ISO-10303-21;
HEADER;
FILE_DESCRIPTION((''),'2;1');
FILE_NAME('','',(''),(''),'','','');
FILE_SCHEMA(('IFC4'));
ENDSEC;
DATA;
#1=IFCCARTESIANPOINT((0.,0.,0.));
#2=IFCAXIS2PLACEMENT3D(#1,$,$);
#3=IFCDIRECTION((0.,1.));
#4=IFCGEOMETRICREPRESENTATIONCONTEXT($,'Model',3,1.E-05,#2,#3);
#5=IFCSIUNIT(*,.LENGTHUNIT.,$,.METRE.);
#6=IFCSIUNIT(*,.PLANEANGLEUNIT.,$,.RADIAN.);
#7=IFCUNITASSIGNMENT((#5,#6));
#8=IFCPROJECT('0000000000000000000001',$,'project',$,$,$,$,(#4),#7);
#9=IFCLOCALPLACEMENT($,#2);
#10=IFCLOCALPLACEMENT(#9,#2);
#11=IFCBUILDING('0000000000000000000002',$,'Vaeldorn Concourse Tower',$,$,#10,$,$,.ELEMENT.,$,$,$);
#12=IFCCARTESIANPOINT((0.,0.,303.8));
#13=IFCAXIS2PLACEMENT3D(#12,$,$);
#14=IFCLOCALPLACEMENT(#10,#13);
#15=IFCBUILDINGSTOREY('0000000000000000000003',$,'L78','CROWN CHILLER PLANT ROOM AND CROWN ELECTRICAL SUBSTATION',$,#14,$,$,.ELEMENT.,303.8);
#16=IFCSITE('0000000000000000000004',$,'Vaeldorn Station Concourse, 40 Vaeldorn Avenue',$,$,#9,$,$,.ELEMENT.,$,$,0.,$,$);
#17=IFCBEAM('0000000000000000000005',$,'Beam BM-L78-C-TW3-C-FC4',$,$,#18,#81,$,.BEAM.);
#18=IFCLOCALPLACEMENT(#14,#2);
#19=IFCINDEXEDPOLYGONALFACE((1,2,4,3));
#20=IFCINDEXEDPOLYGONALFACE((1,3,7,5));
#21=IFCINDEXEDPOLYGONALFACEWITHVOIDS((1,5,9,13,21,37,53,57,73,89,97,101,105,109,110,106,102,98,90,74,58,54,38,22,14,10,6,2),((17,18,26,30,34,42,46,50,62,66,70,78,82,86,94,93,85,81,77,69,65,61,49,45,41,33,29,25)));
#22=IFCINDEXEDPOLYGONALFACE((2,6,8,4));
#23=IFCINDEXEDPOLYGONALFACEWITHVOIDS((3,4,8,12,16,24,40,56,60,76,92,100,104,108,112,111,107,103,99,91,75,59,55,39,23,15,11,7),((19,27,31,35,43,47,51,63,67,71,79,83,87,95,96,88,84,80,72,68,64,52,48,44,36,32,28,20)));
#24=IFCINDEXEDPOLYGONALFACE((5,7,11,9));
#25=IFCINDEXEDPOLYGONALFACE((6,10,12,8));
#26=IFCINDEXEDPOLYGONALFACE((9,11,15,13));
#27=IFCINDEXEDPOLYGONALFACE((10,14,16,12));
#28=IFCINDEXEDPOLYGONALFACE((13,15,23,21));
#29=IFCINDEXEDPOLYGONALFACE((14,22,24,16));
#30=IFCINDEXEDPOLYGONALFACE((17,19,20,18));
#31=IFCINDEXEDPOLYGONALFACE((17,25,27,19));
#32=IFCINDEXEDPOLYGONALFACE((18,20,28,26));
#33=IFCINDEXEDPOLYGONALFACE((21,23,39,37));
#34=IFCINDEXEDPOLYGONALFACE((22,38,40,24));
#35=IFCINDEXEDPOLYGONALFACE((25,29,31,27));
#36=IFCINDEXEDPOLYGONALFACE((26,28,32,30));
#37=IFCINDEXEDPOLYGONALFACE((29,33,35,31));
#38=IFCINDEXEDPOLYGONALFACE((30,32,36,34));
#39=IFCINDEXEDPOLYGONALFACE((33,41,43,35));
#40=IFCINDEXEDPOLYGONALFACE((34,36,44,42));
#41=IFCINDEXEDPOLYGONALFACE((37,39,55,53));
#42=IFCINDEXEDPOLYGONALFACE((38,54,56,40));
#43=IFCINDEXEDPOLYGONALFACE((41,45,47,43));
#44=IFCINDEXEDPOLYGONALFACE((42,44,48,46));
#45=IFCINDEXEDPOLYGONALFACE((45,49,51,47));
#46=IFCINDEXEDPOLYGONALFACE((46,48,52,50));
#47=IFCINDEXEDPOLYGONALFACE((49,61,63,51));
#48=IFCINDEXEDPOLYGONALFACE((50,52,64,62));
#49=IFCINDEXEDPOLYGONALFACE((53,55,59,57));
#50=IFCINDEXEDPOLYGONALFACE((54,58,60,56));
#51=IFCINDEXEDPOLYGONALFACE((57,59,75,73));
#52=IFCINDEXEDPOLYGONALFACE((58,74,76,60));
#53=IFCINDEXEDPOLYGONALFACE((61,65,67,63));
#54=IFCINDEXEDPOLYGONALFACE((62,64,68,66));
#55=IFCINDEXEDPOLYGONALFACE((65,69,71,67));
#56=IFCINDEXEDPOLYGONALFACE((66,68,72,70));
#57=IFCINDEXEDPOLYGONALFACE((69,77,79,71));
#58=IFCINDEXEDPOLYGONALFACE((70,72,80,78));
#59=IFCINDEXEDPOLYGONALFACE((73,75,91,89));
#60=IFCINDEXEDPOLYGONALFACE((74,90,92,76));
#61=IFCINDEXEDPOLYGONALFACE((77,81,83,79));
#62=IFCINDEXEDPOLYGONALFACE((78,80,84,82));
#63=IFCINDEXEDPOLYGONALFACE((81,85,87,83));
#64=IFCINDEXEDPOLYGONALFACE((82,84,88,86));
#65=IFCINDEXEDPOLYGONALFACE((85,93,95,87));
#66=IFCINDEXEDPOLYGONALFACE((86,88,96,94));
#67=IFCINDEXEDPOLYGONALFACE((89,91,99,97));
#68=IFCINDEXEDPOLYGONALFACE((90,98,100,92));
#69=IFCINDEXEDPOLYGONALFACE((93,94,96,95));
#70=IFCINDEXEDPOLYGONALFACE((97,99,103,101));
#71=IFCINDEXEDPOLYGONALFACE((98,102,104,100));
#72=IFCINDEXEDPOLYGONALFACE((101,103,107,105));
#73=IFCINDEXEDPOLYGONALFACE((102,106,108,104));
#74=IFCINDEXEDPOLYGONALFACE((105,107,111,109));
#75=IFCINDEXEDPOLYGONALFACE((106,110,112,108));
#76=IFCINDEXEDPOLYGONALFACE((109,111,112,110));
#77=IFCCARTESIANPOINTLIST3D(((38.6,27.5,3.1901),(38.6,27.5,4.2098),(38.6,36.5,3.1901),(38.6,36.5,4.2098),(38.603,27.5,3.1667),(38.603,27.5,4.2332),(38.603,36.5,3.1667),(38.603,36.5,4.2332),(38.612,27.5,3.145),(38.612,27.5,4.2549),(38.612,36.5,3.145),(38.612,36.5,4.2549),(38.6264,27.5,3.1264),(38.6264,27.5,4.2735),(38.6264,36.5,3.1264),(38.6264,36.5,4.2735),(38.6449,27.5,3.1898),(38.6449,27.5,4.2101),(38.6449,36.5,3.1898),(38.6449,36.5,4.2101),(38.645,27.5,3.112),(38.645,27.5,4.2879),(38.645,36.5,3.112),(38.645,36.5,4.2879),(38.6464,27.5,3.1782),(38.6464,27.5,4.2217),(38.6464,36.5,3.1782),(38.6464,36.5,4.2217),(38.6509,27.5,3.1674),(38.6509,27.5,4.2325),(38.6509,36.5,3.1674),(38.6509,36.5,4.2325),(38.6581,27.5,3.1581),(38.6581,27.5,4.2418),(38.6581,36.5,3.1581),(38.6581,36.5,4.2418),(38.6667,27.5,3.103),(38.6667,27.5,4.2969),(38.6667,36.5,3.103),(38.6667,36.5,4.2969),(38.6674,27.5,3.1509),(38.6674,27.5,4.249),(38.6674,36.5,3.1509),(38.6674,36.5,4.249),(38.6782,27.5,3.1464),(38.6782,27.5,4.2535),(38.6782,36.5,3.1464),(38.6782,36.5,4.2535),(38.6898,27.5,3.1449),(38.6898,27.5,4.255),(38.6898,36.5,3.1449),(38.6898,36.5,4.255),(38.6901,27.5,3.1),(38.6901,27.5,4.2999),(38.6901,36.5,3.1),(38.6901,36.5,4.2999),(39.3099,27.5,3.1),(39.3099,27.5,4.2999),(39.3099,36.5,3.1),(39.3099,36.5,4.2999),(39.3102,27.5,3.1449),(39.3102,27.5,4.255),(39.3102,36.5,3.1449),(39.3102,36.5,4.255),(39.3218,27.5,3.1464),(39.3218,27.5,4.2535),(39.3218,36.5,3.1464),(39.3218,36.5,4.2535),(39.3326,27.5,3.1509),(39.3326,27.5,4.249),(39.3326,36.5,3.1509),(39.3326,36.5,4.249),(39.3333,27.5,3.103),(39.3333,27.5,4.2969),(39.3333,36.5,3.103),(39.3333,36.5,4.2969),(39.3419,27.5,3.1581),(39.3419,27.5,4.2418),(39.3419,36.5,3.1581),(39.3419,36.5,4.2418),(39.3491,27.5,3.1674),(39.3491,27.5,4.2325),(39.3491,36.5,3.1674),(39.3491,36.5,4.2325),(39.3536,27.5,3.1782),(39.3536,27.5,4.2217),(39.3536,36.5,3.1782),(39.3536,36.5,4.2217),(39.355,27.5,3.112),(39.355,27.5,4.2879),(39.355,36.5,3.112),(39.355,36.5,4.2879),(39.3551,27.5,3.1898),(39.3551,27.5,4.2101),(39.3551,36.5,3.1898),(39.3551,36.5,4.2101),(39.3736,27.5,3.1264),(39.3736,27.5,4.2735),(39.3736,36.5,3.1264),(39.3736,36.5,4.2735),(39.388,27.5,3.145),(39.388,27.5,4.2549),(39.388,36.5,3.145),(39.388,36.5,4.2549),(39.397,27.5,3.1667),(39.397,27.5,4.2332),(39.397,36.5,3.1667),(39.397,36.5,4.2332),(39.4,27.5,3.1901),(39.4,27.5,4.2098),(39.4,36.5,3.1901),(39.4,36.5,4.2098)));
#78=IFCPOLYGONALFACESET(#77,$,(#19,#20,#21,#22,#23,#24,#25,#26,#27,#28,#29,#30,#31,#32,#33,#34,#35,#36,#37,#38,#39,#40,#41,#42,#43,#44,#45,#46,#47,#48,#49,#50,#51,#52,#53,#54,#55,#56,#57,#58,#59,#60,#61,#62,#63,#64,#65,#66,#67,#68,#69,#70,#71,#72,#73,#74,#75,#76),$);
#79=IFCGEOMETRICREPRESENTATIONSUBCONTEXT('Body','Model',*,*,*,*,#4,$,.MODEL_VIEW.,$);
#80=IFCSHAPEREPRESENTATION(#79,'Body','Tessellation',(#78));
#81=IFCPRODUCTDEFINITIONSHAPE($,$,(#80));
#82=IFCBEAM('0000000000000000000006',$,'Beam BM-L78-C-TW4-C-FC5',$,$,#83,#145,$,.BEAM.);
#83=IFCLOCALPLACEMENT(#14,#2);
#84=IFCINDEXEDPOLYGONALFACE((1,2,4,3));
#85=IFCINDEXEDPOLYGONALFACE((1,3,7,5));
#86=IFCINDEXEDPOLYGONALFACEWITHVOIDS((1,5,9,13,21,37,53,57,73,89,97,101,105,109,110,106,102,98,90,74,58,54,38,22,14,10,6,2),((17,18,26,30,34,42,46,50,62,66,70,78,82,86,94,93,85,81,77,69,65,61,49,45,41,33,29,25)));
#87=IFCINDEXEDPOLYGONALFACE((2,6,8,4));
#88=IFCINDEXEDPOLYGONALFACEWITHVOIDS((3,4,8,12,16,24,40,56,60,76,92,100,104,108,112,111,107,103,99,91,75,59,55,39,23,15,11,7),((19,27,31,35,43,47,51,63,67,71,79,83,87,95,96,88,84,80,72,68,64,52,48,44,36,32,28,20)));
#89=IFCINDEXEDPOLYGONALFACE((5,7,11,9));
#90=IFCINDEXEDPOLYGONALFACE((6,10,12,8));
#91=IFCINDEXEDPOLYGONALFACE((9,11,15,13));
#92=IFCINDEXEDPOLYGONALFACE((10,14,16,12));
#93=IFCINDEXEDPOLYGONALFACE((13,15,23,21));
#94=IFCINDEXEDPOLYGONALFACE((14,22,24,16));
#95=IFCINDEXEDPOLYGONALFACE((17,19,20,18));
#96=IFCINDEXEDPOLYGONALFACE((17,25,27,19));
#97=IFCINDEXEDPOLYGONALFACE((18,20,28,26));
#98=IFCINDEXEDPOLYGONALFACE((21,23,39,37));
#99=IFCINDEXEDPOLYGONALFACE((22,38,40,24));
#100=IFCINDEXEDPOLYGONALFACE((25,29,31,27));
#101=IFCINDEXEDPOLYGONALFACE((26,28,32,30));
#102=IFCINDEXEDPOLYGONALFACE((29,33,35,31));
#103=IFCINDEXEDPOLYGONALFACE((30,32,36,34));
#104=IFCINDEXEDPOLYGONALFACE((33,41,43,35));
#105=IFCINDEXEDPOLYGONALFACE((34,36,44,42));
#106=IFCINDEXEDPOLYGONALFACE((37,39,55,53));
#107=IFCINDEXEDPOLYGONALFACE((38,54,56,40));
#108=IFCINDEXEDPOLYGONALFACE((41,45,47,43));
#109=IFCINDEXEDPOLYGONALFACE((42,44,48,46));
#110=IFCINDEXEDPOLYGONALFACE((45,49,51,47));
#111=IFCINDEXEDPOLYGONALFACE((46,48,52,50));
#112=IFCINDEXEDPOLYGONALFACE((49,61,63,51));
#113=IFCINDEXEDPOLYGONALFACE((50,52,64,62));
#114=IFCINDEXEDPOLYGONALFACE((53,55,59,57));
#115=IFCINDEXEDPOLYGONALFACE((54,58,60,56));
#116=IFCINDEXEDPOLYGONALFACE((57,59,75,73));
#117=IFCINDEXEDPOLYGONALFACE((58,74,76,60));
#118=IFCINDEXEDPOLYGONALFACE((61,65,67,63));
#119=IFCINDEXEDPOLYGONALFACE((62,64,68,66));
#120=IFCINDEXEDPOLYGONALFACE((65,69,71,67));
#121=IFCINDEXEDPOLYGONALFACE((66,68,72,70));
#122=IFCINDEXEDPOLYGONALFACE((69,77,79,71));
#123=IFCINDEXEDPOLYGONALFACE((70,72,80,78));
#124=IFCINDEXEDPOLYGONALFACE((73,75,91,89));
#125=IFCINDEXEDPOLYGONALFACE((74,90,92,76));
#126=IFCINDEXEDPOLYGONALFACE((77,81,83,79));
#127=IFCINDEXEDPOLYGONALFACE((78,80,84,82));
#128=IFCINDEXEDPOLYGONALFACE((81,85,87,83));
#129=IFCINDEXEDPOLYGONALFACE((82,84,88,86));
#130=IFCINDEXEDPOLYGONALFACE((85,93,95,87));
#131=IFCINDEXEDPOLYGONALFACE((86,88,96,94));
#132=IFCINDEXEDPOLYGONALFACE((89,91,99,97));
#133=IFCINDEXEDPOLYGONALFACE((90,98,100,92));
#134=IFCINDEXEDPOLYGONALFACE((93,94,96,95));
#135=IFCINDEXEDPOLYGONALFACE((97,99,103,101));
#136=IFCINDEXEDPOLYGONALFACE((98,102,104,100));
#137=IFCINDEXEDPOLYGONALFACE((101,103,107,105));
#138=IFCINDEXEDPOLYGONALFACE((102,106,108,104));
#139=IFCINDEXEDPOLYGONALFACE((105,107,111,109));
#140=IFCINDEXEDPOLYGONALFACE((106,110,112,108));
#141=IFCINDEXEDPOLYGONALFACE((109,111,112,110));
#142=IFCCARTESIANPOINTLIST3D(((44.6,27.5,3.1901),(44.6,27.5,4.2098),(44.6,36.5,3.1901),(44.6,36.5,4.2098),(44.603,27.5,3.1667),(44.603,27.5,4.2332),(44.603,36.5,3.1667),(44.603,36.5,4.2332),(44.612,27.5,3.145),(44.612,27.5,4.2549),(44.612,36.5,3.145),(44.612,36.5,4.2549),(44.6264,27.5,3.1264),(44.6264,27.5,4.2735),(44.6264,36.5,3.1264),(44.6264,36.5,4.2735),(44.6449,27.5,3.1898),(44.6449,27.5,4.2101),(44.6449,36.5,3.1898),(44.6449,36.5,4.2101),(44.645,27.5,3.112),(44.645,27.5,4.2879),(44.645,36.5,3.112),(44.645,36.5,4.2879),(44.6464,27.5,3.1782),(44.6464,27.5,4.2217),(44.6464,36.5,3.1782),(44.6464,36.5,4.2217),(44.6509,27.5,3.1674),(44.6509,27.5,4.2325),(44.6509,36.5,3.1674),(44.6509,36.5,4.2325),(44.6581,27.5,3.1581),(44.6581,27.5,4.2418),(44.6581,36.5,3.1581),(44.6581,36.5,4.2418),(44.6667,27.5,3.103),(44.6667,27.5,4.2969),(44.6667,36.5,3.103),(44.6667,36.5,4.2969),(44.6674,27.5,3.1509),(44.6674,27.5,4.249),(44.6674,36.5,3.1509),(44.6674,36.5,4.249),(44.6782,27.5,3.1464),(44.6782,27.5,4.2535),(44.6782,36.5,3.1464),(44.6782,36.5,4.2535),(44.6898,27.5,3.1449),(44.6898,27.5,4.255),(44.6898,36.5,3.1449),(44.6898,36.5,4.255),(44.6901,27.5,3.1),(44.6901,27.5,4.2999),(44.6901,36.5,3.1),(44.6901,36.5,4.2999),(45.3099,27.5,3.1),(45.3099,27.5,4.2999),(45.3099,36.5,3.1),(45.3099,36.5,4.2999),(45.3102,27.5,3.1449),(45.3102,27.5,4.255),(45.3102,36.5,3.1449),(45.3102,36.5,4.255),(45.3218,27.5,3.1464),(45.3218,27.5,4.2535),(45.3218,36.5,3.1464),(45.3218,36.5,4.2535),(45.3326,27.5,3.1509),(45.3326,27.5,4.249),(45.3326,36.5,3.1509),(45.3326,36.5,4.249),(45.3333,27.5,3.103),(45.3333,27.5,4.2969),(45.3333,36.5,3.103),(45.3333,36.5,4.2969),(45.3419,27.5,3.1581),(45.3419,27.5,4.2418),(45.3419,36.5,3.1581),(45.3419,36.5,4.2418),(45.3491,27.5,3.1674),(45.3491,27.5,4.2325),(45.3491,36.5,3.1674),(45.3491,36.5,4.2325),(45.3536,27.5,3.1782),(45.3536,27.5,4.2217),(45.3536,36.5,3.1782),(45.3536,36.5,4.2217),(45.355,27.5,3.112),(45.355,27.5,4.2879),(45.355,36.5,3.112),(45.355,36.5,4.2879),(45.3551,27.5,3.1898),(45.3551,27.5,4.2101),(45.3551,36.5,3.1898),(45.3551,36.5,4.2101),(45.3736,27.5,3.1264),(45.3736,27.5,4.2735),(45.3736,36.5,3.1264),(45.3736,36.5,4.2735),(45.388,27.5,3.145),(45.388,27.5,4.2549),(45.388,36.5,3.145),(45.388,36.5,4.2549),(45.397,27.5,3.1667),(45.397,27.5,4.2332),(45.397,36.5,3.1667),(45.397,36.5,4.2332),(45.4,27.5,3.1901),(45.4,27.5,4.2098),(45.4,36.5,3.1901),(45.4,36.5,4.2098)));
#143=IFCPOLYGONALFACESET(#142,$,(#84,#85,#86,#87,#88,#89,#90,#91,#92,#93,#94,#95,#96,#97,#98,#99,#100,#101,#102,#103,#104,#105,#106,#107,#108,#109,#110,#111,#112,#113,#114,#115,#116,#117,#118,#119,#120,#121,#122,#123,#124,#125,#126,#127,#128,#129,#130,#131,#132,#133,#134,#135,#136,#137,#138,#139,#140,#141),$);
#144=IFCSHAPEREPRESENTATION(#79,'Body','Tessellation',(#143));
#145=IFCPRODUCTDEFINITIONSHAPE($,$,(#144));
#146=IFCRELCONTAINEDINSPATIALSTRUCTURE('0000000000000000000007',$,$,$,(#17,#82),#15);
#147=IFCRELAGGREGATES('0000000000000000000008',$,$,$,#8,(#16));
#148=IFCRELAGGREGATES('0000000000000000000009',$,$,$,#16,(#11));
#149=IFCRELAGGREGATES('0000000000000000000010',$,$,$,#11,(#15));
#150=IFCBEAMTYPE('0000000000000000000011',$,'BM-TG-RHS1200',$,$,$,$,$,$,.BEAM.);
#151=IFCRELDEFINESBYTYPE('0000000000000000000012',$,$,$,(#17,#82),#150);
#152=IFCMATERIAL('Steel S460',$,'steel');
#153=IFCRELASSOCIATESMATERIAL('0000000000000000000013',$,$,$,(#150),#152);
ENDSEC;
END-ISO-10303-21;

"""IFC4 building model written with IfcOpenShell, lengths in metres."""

from ifc_helpers import new_model, si_unit, direction, frame, origin, origin_2d, place, context, subcontext, project, spatial, hollow_rectangle, extrude, source, transform, mapped, material, material_profile, profile_set, type_object, element, save


model = new_model("IFC4")

# Units and contexts
model_context = context("Model", 3, precision=1e-05, world=origin(), true_north=direction((0.0, 1.0)))
body_context = subcontext(model_context, "Body", "Model", "MODEL_VIEW")
ifc_project = project(units=[si_unit("LENGTHUNIT", "METRE"), si_unit("PLANEANGLEUNIT", "RADIAN")], contexts=[model_context])

# Site, building, storey
site_placement = place(None, origin())
site = spatial("IfcSite", under=ifc_project, at=site_placement, Name="Vaeldorn Station Concourse, 40 Vaeldorn Avenue", CompositionType="ELEMENT", RefElevation=0.0)
building_placement = place(site_placement, origin())
building = spatial("IfcBuilding", under=site, at=building_placement, Name="Vaeldorn Concourse Tower", CompositionType="ELEMENT")
storey_placement = place(building_placement, frame((0.0, 0.0, 303.8)))
storey = spatial("IfcBuildingStorey", under=building, at=storey_placement, Name="L78", Description="CROWN CHILLER PLANT ROOM AND CROWN ELECTRICAL SUBSTATION", CompositionType="ELEMENT", Elevation=303.8)

# Beams
ifc_material_1 = material(Name="Steel S460", Category="steel")
ifc_material_profile_1 = material_profile(ifc_material_1, hollow_rectangle(XDim=0.8, YDim=1.2, WallThickness=0.0449, InnerFilletRadius=0.0449, OuterFilletRadius=0.0901, at=origin_2d()), Name="RHS 1200x800x45")
ifc_profile_set_1 = profile_set([ifc_material_profile_1], Name="Steel S460")
beam_type_1 = type_object("IfcBeamType", Name="BM-TG-RHS1200", PredefinedType="BEAM", material=ifc_profile_set_1)
shared_shape_1 = source(origin(), body_context, "Body", "SweptSolid", [
    extrude(hollow_rectangle(XDim=0.8, YDim=1.2, WallThickness=0.0449, InnerFilletRadius=0.0449, OuterFilletRadius=0.0901, at=origin_2d()), origin(), (0.0, 0.0, 1.0), 9.0),
])
for number, where, z_axis, x_axis, name in (
    (1, (39.0, 27.5, 3.7), (0.0, 1.0, 0.0), (-1.0, 0.0, 0.0), "Beam BM-L78-C-TW3-C-FC4"),
    (2, (45.0, 27.5, 3.7), (0.0, 1.0, 0.0), (-1.0, 0.0, 0.0), "Beam BM-L78-C-TW4-C-FC5"),
):
    element("IfcBeam", number, at=place(storey_placement, frame(where, z_axis=z_axis, x_axis=x_axis)), inside=storey, type_object=beam_type_1, Name=name, PredefinedType="BEAM", context=body_context, shape_type="MappedRepresentation", body=[
        mapped(shared_shape_1, transform((0.0, 0.0, 0.0), scale=1.0)),
    ])

save(model, "model.ifc")
